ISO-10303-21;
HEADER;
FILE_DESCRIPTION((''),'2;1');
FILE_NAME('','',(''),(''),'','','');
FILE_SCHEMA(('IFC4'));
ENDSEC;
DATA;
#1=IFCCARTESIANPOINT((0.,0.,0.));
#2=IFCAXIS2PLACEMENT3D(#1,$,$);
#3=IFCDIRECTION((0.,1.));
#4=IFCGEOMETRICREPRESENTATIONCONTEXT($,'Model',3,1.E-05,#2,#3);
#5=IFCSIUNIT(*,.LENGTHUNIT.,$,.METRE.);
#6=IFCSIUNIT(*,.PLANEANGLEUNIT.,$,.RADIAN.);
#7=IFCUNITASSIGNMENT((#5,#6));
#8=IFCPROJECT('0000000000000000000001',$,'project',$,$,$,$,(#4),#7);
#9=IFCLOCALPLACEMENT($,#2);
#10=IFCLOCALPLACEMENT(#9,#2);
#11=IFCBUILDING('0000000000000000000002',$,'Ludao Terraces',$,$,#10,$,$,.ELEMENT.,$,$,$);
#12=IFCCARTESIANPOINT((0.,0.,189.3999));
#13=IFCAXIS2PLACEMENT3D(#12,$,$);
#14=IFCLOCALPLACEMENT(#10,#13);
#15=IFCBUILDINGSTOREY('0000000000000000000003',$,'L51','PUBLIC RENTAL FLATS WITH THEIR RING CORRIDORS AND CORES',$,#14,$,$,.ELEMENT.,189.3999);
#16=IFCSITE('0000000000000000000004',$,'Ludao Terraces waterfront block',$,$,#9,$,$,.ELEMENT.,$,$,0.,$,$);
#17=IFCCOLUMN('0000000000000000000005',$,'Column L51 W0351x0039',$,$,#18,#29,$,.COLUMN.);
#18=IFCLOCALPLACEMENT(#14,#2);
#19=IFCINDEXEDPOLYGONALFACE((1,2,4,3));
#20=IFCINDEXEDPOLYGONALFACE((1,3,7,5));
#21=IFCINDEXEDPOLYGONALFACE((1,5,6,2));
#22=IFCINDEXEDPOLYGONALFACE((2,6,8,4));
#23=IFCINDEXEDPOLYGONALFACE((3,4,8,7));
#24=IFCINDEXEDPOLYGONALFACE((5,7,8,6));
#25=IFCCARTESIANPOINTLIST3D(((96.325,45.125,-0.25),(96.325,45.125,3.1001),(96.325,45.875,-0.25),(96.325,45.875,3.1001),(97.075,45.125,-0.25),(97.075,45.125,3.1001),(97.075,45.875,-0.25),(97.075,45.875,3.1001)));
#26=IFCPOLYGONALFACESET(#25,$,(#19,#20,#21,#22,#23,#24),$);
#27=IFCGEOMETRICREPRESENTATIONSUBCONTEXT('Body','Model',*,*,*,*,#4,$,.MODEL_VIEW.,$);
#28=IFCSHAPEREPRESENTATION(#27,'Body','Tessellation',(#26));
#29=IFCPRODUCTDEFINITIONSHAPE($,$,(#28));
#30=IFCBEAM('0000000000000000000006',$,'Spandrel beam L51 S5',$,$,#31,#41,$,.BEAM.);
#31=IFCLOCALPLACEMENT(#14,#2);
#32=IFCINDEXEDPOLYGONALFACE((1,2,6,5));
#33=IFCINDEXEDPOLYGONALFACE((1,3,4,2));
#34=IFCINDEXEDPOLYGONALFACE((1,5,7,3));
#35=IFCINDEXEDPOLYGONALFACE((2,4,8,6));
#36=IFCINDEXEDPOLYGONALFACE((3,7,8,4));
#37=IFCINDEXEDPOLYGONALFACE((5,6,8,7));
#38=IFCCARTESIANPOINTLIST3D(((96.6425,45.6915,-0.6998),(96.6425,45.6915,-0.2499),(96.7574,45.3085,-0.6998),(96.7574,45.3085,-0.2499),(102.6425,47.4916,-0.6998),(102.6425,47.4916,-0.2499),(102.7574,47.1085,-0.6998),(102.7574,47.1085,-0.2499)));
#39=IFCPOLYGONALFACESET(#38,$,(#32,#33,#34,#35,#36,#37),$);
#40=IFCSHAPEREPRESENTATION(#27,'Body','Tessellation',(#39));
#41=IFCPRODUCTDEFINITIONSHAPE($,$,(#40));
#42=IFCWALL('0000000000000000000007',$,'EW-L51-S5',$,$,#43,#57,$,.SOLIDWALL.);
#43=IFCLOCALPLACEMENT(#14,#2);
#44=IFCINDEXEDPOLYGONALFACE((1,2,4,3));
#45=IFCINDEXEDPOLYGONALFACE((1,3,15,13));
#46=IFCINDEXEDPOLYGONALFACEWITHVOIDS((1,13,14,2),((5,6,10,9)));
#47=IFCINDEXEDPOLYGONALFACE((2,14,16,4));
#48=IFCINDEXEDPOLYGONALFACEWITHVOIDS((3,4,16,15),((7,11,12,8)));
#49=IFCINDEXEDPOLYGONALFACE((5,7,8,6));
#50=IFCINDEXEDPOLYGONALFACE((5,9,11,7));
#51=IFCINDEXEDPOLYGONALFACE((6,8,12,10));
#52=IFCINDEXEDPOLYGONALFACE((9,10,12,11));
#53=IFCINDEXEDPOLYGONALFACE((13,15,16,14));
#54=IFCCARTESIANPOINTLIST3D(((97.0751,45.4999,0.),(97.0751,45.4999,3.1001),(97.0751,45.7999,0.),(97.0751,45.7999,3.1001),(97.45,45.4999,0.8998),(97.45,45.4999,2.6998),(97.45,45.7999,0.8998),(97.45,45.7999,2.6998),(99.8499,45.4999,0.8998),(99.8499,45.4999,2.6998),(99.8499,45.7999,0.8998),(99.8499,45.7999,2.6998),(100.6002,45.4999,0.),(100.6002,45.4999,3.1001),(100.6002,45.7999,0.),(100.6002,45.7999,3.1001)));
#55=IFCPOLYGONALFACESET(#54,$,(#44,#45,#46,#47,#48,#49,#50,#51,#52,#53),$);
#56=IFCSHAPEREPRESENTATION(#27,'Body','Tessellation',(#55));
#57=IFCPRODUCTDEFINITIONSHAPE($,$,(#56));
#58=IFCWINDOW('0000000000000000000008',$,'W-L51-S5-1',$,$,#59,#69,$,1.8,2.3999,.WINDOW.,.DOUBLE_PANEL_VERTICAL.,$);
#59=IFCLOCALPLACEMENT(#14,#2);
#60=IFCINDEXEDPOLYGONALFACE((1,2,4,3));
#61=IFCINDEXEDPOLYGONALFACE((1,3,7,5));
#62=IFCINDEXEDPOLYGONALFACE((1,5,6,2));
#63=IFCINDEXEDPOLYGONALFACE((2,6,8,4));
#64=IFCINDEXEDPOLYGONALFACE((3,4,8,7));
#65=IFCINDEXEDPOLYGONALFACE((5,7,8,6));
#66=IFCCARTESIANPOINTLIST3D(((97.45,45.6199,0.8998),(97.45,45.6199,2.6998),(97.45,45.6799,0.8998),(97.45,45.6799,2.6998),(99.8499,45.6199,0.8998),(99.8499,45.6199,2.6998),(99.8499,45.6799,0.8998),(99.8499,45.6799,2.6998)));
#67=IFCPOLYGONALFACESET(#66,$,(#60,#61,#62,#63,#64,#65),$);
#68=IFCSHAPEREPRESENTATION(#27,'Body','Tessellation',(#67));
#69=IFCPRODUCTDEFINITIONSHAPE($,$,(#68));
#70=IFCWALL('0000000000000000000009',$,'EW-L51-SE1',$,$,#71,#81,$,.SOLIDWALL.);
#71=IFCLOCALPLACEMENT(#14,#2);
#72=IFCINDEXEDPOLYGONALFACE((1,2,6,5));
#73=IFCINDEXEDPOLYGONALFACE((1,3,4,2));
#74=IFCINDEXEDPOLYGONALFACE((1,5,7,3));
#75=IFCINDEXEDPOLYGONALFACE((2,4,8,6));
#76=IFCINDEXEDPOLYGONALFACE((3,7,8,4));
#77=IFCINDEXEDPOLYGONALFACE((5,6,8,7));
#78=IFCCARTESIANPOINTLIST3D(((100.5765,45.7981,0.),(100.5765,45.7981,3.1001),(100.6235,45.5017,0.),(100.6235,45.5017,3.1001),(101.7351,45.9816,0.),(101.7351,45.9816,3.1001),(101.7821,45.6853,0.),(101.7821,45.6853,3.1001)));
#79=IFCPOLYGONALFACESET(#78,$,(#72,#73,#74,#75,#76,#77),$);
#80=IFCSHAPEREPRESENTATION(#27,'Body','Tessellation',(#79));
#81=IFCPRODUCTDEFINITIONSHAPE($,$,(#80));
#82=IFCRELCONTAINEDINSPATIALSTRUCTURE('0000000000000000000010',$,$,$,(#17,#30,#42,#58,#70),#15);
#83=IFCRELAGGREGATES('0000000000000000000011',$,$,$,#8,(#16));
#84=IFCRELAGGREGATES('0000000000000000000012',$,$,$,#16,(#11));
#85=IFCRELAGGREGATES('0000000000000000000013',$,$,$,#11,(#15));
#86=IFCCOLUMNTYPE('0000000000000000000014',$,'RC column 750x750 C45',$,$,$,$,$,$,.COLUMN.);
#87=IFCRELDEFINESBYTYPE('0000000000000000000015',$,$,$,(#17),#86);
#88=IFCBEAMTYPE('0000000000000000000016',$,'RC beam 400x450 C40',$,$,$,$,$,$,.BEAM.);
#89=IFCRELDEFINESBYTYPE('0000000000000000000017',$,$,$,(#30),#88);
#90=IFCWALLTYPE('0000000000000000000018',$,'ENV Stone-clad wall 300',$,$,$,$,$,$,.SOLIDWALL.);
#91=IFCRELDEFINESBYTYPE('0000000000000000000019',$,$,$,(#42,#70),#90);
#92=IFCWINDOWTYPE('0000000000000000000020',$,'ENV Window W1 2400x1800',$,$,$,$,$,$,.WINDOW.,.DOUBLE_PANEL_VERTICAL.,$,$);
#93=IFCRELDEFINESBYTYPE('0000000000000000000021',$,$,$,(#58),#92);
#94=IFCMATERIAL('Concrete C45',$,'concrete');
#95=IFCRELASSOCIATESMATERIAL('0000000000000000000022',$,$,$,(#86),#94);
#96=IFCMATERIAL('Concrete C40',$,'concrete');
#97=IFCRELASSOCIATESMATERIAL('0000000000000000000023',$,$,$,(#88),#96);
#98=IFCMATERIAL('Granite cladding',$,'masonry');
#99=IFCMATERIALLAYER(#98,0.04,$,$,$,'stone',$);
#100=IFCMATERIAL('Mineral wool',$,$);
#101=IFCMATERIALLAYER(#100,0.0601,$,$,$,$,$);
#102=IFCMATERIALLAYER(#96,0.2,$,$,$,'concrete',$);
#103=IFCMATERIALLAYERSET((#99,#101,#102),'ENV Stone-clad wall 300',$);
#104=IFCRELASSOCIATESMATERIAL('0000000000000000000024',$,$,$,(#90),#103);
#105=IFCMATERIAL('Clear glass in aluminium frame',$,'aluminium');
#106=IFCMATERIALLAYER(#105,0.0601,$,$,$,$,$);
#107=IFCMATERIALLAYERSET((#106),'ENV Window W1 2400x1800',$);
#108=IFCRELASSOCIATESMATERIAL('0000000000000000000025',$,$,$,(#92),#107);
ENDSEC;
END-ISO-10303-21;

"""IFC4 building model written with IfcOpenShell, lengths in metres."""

from ifc_helpers import new_model, si_unit, direction, frame, frame_2d, origin, origin_2d, place, context, subcontext, project, spatial, rectangle, extrude, material, layer, layer_set, material_profile, profile_set, type_object, element, fill, save


model = new_model("IFC4")

# Units and contexts
model_context = context("Model", 3, precision=1e-05, world=origin(), true_north=direction((0.0, 1.0)))
body_context = subcontext(model_context, "Body", "Model", "MODEL_VIEW")
ifc_project = project(units=[si_unit("LENGTHUNIT", "METRE"), si_unit("PLANEANGLEUNIT", "RADIAN")], contexts=[model_context])

# Site, building, storey
site_placement = place(None, origin())
site = spatial("IfcSite", under=ifc_project, at=site_placement, Name="Ludao Terraces waterfront block", CompositionType="ELEMENT", RefElevation=0.0)
building_placement = place(site_placement, origin())
building = spatial("IfcBuilding", under=site, at=building_placement, Name="Ludao Terraces", CompositionType="ELEMENT")
storey_placement = place(building_placement, frame((0.0, 0.0, 189.3999)))
storey = spatial("IfcBuildingStorey", under=building, at=storey_placement, Name="L51", Description="PUBLIC RENTAL FLATS WITH THEIR RING CORRIDORS AND CORES", CompositionType="ELEMENT", Elevation=189.3999)

# Column
ifc_material_1 = material(Name="Concrete C45", Category="concrete")
ifc_material_profile_1 = material_profile(ifc_material_1, rectangle(XDim=0.75, YDim=0.75, at=origin_2d()), Name="750 X 750")
ifc_profile_set_1 = profile_set([ifc_material_profile_1], Name="Concrete C45")
column_type = type_object("IfcColumnType", Name="RC column 750x750 C45", PredefinedType="COLUMN", material=ifc_profile_set_1)
column_placement = place(storey_placement, frame((96.7, 45.5, -0.25), z_axis=(0.0, 0.0, 1.0), x_axis=(1.0, 0.0, 0.0)))
element("IfcColumn", 1, at=column_placement, inside=storey, type_object=column_type, Name="Column L51 W0351x0039", PredefinedType="COLUMN", context=body_context, shape_type="SweptSolid", body=[
    extrude(rectangle(XDim=0.75, YDim=0.75, at=origin_2d()), origin(), (0.0, 0.0, 1.0), 3.3501),
])

# Beam
ifc_material_2 = material(Name="Concrete C40", Category="concrete")
ifc_material_profile_2 = material_profile(ifc_material_2, rectangle(XDim=0.3999, YDim=0.45, at=origin_2d()), Name="400 X 450")
ifc_profile_set_2 = profile_set([ifc_material_profile_2], Name="Concrete C40")
beam_type = type_object("IfcBeamType", Name="RC beam 400x450 C40", PredefinedType="BEAM", material=ifc_profile_set_2)
beam_placement = place(storey_placement, frame((96.7, 45.5, -0.4749), z_axis=(0.957824, 0.287355, 0.0), x_axis=(-0.287355, 0.957824, 0.0)))
element("IfcBeam", 2, at=beam_placement, inside=storey, type_object=beam_type, Name="Spandrel beam L51 S5", PredefinedType="BEAM", context=body_context, shape_type="SweptSolid", body=[
    extrude(rectangle(XDim=0.3999, YDim=0.45, at=origin_2d()), origin(), (0.0, 0.0, 1.0), 6.2642),
])

# Wall, opening, window
ifc_material_3 = material(Name="Granite cladding", Category="masonry")
ifc_layer_1 = layer(ifc_material_3, 0.04, Category="stone")
ifc_material_4 = material(Name="Mineral wool")
ifc_layer_2 = layer(ifc_material_4, 0.0601)
ifc_layer_3 = layer(ifc_material_2, 0.2, Category="concrete")
ifc_layer_set_1 = layer_set([ifc_layer_1, ifc_layer_2, ifc_layer_3], Name="ENV Stone-clad wall 300")
wall_type = type_object("IfcWallType", Name="ENV Stone-clad wall 300", PredefinedType="SOLIDWALL", material=ifc_layer_set_1)
wall_1_placement = place(storey_placement, frame((97.075, 45.6499, 0.0), z_axis=(0.0, 0.0, 1.0), x_axis=(1.0, 0.0, 0.0)))
wall_1 = element("IfcWall", 3, at=wall_1_placement, inside=storey, type_object=wall_type, Name="EW-L51-S5", PredefinedType="SOLIDWALL", context=body_context, shape_type="SweptSolid", body=[
    extrude(rectangle(XDim=3.5251, YDim=0.3, at=frame_2d((1.7627, 0.0))), origin(), (0.0, 0.0, 1.0), 3.1001),
])
opening_placement = place(wall_1_placement, frame((0.375, 0.0, 0.8999)))
opening = element("IfcOpeningElement", 4, at=opening_placement, cuts=wall_1, PredefinedType="OPENING", context=body_context, shape_type="SweptSolid", body=[
    extrude(rectangle(XDim=2.3999, YDim=1.8, at=frame_2d((1.2, 0.8999))), frame((0.0, 0.1602, 0.0), z_axis=(0.0, -1.0, 0.0), x_axis=(1.0, 0.0, 0.0)), (0.0, 0.0, 1.0), 0.3201),
])
ifc_material_5 = material(Name="Clear glass in aluminium frame", Category="aluminium")
ifc_layer_4 = layer(ifc_material_5, 0.0601)
ifc_layer_set_2 = layer_set([ifc_layer_4], Name="ENV Window W1 2400x1800")
window_type = type_object("IfcWindowType", Name="ENV Window W1 2400x1800", PartitioningType="DOUBLE_PANEL_VERTICAL", PredefinedType="WINDOW", material=ifc_layer_set_2)
window_placement = place(opening_placement, origin())
window = element("IfcWindow", 5, at=window_placement, inside=storey, type_object=window_type, Name="W-L51-S5-1", OverallHeight=1.8, OverallWidth=2.3999, PartitioningType="DOUBLE_PANEL_VERTICAL", PredefinedType="WINDOW", context=body_context, shape_type="SweptSolid", body=[
    extrude(rectangle(XDim=2.3999, YDim=1.8, at=frame_2d((1.2, 0.8999))), frame((0.0, 0.03, 0.0), z_axis=(0.0, -1.0, 0.0), x_axis=(1.0, 0.0, 0.0)), (0.0, 0.0, 1.0), 0.0601),
])
fill(opening, window)

# Wall
wall_2_placement = place(storey_placement, frame((100.6001, 45.6499, 0.0), z_axis=(0.0, 0.0, 1.0), x_axis=(0.987678, 0.156497, 0.0)))
element("IfcWall", 6, at=wall_2_placement, inside=storey, type_object=wall_type, Name="EW-L51-SE1", PredefinedType="SOLIDWALL", context=body_context, shape_type="SweptSolid", body=[
    extrude(rectangle(XDim=1.1731, YDim=0.3, at=frame_2d((0.5864, 0.0))), origin(), (0.0, 0.0, 1.0), 3.1001),
])

save(model, "model.ifc")
